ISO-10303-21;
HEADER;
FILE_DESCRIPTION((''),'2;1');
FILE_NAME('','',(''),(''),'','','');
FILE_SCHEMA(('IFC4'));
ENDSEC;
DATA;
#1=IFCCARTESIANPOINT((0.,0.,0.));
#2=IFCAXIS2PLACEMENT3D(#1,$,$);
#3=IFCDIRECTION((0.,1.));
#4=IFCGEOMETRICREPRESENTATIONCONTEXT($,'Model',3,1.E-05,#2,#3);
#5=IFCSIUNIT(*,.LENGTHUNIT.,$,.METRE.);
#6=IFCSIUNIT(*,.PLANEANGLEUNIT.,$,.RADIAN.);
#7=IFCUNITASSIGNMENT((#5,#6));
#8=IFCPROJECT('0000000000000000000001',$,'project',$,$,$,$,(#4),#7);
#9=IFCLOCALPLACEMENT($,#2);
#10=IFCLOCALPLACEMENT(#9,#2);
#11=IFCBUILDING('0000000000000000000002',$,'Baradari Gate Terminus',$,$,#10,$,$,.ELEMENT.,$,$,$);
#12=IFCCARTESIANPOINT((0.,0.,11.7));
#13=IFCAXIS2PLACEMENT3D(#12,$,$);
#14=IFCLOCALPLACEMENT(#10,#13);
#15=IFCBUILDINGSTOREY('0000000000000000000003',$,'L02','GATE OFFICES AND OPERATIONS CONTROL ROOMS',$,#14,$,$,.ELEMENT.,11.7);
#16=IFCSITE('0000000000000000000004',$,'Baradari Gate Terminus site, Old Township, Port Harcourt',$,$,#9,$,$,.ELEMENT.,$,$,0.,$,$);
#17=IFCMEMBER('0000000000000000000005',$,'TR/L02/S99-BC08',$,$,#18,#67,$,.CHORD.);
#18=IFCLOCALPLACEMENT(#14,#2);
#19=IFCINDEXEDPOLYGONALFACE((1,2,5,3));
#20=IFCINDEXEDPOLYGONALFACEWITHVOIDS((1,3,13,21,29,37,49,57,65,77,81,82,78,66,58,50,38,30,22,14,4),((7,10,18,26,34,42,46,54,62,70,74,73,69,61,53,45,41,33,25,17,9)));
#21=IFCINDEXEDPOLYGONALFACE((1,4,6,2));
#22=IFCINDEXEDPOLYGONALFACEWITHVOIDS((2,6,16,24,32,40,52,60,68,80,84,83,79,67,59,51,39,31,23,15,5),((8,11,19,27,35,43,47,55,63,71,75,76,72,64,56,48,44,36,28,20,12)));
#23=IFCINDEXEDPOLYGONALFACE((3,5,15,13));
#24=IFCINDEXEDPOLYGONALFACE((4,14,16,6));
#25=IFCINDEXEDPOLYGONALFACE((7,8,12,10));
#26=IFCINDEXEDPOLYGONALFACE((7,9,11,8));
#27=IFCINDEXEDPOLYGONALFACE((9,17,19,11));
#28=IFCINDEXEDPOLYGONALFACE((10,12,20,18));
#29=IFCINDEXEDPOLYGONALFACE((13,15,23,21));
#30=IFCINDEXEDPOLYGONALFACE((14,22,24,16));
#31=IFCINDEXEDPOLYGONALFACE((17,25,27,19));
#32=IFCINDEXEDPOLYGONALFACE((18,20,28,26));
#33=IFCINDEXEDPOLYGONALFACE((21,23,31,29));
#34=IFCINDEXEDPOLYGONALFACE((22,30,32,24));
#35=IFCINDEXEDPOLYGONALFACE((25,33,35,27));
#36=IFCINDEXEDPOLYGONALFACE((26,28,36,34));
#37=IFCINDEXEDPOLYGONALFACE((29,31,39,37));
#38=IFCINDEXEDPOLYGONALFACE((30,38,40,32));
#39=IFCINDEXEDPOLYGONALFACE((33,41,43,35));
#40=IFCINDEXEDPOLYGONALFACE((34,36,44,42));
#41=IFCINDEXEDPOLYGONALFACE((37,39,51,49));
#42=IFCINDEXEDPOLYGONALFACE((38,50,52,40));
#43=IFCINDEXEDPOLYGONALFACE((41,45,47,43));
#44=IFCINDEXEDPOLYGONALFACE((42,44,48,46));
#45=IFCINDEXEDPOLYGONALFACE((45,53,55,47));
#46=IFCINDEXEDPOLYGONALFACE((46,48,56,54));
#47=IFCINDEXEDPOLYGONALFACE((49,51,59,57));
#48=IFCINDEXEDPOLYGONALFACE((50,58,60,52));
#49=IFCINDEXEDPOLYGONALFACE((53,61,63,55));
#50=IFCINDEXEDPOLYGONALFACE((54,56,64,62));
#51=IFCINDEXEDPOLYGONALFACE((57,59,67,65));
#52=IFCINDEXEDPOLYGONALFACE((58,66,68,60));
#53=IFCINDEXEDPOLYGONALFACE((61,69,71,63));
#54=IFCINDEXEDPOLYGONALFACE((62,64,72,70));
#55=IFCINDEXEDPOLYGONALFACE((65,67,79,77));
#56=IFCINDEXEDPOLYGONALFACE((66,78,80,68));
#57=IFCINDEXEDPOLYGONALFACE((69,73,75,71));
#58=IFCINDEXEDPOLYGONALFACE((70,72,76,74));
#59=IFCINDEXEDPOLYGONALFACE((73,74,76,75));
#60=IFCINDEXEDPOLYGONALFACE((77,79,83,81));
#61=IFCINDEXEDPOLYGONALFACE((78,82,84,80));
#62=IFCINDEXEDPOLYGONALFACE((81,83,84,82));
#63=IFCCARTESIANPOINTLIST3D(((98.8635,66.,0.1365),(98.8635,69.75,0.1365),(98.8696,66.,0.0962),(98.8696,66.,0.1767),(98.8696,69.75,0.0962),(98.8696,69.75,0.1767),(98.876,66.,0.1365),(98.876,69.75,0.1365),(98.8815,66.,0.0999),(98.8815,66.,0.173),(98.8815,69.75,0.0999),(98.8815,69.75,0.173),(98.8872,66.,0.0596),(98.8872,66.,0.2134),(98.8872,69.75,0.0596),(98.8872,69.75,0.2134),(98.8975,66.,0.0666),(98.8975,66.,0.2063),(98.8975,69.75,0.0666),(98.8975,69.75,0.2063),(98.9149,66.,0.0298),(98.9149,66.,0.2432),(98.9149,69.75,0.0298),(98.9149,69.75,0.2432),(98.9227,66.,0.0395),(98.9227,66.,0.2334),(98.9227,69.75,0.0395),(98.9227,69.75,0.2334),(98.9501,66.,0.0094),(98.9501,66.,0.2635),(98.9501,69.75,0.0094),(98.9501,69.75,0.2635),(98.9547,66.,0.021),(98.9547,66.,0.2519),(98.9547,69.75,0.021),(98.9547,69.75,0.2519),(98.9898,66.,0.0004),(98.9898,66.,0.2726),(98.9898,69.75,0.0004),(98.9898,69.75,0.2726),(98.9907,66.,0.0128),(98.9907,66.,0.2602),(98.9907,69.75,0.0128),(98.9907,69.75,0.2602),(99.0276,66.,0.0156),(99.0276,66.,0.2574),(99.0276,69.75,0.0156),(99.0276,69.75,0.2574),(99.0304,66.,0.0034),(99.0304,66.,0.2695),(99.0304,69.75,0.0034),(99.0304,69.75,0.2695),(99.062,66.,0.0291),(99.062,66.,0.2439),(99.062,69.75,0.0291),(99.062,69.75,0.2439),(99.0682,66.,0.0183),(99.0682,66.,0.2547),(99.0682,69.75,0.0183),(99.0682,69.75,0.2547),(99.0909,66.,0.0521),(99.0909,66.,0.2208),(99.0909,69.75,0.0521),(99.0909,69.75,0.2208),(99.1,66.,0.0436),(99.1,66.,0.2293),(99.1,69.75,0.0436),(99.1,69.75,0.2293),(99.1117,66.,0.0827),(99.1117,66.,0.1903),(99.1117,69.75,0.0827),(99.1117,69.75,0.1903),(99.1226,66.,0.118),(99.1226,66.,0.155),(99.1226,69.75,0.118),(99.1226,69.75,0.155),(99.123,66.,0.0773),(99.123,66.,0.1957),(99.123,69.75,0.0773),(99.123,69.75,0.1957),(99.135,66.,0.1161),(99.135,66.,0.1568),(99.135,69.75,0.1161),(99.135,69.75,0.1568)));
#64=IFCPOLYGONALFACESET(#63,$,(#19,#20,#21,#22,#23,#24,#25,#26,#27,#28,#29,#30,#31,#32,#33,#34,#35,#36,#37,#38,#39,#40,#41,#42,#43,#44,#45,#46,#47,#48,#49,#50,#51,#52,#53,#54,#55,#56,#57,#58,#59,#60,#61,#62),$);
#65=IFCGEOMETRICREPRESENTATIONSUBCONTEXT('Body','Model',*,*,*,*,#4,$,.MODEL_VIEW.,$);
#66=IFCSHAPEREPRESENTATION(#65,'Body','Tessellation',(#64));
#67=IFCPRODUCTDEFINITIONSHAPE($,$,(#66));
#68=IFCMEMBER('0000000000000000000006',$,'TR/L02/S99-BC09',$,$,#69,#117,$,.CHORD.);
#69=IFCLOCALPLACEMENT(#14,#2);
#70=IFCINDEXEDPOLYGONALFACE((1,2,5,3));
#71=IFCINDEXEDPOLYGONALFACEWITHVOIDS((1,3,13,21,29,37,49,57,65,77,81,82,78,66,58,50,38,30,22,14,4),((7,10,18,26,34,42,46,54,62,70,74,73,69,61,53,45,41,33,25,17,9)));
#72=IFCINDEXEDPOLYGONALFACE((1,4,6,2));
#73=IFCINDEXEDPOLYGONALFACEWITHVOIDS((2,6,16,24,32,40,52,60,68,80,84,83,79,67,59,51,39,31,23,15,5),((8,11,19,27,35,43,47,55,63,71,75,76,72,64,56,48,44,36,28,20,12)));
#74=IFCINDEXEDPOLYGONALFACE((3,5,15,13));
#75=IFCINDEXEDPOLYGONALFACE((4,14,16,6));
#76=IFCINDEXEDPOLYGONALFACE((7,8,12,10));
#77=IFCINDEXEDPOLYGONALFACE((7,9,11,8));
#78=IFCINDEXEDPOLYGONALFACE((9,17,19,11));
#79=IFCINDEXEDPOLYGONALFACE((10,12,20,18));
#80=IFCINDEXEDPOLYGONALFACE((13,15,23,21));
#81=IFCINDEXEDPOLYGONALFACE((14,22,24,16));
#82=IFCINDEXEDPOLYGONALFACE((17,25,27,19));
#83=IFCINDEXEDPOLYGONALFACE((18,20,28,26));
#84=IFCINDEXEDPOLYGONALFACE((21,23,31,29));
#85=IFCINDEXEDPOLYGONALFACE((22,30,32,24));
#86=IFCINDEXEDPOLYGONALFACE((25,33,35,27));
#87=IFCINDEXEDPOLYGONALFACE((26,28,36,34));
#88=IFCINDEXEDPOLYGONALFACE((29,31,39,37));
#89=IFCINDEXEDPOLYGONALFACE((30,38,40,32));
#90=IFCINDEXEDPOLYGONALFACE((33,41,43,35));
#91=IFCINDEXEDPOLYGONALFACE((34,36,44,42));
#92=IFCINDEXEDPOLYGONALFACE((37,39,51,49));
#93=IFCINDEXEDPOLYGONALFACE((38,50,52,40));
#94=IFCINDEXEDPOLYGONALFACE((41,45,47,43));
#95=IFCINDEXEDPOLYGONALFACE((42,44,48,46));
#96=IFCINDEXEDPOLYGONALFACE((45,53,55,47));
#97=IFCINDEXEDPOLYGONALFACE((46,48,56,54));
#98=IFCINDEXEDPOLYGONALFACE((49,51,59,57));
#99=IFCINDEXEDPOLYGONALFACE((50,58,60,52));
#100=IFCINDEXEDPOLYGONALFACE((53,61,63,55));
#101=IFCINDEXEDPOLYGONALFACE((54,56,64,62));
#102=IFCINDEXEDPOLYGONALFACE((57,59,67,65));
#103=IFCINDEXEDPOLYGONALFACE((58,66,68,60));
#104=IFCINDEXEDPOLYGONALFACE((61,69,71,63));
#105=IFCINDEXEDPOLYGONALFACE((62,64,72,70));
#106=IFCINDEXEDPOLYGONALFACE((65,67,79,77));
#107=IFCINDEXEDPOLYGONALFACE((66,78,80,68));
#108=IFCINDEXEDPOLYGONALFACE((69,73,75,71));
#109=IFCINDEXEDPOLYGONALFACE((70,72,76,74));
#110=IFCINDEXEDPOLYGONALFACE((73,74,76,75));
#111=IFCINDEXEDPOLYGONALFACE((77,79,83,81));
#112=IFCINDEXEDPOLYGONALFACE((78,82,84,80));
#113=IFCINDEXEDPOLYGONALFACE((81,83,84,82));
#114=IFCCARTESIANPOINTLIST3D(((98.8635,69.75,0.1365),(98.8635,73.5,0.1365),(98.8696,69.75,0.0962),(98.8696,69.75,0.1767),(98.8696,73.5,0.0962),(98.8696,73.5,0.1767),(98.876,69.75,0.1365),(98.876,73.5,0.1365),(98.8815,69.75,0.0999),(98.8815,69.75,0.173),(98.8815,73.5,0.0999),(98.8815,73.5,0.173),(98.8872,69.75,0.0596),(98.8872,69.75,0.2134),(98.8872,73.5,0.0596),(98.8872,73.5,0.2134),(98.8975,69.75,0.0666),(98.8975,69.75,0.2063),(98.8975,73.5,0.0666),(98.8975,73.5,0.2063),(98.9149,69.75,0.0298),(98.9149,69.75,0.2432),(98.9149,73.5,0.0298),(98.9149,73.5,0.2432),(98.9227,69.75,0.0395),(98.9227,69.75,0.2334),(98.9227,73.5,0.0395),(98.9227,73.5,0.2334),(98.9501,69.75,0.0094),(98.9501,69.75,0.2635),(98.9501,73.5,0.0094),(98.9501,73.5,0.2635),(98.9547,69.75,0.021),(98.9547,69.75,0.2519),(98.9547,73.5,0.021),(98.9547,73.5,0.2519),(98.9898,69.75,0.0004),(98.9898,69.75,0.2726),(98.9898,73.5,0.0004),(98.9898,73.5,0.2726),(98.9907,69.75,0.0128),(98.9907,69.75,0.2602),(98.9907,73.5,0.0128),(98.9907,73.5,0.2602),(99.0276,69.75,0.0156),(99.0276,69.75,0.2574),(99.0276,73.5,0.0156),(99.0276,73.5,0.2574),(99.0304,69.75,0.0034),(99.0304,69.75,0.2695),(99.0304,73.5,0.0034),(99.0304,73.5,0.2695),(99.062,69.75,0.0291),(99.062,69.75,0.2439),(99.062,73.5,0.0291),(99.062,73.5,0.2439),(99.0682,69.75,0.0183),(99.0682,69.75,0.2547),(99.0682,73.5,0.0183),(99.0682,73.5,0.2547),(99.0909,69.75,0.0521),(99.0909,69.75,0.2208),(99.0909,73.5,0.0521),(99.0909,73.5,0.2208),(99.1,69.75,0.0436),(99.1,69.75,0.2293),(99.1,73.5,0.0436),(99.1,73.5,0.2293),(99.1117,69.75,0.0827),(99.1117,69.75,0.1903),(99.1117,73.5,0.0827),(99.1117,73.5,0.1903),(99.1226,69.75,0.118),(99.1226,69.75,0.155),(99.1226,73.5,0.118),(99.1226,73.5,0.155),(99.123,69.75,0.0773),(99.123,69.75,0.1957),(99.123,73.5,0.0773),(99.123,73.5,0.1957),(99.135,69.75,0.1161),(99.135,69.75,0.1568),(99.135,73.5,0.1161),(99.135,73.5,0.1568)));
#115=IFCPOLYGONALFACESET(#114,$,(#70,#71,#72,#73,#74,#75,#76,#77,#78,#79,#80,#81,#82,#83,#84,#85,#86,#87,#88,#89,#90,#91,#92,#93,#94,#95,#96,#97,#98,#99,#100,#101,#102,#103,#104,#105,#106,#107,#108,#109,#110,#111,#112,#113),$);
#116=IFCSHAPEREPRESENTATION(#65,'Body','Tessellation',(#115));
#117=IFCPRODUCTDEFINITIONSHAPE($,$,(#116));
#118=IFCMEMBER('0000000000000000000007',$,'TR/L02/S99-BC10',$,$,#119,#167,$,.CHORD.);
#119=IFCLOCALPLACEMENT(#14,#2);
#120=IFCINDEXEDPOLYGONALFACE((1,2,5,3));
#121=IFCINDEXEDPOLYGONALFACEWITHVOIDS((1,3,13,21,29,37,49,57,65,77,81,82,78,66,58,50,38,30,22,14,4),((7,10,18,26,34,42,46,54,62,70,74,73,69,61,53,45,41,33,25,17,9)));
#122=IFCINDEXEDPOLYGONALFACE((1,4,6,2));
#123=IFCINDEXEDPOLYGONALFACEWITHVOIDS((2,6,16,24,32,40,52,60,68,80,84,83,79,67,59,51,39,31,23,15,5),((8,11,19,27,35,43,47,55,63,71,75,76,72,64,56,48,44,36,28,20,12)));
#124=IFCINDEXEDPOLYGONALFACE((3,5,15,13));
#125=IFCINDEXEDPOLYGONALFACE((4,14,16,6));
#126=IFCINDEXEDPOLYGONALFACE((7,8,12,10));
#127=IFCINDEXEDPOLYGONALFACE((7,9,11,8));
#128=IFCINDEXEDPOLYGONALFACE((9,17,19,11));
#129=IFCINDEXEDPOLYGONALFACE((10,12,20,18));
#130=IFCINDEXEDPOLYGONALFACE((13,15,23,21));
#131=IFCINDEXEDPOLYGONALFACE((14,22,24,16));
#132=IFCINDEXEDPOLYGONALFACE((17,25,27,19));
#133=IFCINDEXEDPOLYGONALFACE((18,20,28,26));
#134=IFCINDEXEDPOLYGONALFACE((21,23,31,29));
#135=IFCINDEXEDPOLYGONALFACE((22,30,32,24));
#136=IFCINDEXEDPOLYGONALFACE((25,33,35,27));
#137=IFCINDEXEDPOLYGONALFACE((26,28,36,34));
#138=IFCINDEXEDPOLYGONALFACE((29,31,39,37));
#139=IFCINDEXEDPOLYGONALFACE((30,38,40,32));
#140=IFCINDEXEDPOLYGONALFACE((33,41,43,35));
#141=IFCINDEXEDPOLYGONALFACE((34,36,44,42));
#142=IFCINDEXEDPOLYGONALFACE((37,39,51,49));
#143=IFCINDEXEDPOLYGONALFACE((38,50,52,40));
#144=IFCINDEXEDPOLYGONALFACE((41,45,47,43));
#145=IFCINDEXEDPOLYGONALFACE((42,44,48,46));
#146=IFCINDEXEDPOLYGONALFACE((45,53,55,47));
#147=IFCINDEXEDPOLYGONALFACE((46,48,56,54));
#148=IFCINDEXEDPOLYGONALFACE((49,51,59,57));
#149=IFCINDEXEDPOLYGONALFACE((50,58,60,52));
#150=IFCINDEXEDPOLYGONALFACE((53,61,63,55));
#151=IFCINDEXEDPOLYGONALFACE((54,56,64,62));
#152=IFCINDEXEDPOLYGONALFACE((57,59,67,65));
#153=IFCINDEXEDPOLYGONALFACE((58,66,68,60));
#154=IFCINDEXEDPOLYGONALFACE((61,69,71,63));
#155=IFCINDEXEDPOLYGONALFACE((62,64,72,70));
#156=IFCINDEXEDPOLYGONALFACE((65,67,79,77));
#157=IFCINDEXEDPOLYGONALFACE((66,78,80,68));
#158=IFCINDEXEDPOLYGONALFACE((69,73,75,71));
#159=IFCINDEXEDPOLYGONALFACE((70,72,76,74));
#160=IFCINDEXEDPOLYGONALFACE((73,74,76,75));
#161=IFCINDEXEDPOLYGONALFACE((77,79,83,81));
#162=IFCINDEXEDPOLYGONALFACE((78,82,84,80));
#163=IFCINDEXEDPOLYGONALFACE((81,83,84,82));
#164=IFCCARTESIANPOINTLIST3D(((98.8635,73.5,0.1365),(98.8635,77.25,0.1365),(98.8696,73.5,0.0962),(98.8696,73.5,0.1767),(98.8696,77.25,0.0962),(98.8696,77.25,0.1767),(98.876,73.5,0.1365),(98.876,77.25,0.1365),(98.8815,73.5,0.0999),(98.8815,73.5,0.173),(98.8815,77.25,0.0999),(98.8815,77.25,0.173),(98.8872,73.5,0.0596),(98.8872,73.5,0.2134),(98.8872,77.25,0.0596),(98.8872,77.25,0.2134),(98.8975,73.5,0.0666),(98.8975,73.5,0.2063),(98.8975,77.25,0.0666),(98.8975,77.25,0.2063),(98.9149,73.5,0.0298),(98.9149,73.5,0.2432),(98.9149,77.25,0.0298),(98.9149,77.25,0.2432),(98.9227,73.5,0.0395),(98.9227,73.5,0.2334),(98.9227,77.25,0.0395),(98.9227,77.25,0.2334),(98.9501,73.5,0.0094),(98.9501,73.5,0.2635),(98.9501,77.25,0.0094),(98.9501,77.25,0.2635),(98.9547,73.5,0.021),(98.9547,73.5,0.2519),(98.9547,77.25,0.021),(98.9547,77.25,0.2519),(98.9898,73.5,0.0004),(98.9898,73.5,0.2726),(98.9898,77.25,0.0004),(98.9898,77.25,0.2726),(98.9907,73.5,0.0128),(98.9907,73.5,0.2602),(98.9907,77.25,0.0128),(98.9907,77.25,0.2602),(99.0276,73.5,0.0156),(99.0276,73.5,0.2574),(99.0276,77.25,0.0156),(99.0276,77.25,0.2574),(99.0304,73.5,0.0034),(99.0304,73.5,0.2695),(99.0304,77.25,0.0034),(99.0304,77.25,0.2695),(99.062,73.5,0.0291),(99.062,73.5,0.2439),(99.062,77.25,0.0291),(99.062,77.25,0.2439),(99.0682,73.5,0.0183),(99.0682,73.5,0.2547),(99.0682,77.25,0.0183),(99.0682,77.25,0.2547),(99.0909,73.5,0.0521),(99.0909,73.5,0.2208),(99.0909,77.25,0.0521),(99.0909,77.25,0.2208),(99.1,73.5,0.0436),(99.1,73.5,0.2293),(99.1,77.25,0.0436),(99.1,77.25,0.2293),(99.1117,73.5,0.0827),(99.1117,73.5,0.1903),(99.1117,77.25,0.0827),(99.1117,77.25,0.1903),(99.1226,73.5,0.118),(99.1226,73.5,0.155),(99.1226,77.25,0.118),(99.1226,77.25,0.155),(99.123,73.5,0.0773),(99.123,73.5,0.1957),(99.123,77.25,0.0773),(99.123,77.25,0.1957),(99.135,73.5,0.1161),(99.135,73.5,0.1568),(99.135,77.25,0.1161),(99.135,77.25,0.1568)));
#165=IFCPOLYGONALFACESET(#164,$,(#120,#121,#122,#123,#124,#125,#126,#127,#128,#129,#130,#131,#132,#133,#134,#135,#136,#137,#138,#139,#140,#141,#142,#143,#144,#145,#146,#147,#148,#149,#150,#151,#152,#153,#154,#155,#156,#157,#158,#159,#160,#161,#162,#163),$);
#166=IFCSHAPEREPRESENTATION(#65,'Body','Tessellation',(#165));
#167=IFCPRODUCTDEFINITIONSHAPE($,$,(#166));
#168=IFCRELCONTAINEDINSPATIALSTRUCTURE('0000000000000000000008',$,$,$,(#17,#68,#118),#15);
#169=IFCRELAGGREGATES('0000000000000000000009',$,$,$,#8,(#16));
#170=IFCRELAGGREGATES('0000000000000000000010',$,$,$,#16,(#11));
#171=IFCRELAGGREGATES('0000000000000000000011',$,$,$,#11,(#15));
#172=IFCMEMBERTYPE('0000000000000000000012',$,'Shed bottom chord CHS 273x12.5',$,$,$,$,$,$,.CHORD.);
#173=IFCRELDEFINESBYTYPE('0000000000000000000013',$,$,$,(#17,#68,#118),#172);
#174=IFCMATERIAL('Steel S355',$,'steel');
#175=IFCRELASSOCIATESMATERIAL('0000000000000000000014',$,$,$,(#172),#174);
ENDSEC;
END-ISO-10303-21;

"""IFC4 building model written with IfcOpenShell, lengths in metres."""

from ifc_helpers import new_model, si_unit, direction, frame, origin, origin_2d, place, context, subcontext, project, spatial, hollow_circle, extrude, material, material_profile, profile_set, type_object, element, save


model = new_model("IFC4")

# Units and contexts
model_context = context("Model", 3, precision=1e-05, world=origin(), true_north=direction((0.0, 1.0)))
body_context = subcontext(model_context, "Body", "Model", "MODEL_VIEW")
ifc_project = project(units=[si_unit("LENGTHUNIT", "METRE"), si_unit("PLANEANGLEUNIT", "RADIAN")], contexts=[model_context])

# Site, building, storey
site_placement = place(None, origin())
site = spatial("IfcSite", under=ifc_project, at=site_placement, Name="Baradari Gate Terminus site, Old Township, Port Harcourt", CompositionType="ELEMENT", RefElevation=0.0)
building_placement = place(site_placement, origin())
building = spatial("IfcBuilding", under=site, at=building_placement, Name="Baradari Gate Terminus", CompositionType="ELEMENT")
storey_placement = place(building_placement, frame((0.0, 0.0, 11.7)))
storey = spatial("IfcBuildingStorey", under=building, at=storey_placement, Name="L02", Description="GATE OFFICES AND OPERATIONS CONTROL ROOMS", CompositionType="ELEMENT", Elevation=11.7)

# Members
ifc_material_1 = material(Name="Steel S355", Category="steel")
ifc_material_profile_1 = material_profile(ifc_material_1, hollow_circle(Radius=0.1365, WallThickness=0.0125, at=origin_2d()), Name="CHS 273x12.5")
ifc_profile_set_1 = profile_set([ifc_material_profile_1], Name="Steel S355")
member_type_1 = type_object("IfcMemberType", Name="Shed bottom chord CHS 273x12.5", PredefinedType="CHORD", material=ifc_profile_set_1)
for number, where, z_axis, x_axis, name in (
    (1, (99.0, 66.0, 0.1365), (0.0, 1.0, 0.0), (-1.0, 0.0, 0.0), "TR/L02/S99-BC08"),
    (2, (99.0, 69.75, 0.1365), (0.0, 1.0, 0.0), (-1.0, 0.0, 0.0), "TR/L02/S99-BC09"),
    (3, (99.0, 73.5, 0.1365), (0.0, 1.0, 0.0), (-1.0, 0.0, 0.0), "TR/L02/S99-BC10"),
):
    element("IfcMember", number, at=place(storey_placement, frame(where, z_axis=z_axis, x_axis=x_axis)), inside=storey, type_object=member_type_1, Name=name, PredefinedType="CHORD", context=body_context, shape_type="SweptSolid", body=[
        extrude(hollow_circle(Radius=0.1365, WallThickness=0.0125, at=origin_2d()), origin(), (0.0, 0.0, 1.0), 3.75),
    ])

save(model, "model.ifc")
